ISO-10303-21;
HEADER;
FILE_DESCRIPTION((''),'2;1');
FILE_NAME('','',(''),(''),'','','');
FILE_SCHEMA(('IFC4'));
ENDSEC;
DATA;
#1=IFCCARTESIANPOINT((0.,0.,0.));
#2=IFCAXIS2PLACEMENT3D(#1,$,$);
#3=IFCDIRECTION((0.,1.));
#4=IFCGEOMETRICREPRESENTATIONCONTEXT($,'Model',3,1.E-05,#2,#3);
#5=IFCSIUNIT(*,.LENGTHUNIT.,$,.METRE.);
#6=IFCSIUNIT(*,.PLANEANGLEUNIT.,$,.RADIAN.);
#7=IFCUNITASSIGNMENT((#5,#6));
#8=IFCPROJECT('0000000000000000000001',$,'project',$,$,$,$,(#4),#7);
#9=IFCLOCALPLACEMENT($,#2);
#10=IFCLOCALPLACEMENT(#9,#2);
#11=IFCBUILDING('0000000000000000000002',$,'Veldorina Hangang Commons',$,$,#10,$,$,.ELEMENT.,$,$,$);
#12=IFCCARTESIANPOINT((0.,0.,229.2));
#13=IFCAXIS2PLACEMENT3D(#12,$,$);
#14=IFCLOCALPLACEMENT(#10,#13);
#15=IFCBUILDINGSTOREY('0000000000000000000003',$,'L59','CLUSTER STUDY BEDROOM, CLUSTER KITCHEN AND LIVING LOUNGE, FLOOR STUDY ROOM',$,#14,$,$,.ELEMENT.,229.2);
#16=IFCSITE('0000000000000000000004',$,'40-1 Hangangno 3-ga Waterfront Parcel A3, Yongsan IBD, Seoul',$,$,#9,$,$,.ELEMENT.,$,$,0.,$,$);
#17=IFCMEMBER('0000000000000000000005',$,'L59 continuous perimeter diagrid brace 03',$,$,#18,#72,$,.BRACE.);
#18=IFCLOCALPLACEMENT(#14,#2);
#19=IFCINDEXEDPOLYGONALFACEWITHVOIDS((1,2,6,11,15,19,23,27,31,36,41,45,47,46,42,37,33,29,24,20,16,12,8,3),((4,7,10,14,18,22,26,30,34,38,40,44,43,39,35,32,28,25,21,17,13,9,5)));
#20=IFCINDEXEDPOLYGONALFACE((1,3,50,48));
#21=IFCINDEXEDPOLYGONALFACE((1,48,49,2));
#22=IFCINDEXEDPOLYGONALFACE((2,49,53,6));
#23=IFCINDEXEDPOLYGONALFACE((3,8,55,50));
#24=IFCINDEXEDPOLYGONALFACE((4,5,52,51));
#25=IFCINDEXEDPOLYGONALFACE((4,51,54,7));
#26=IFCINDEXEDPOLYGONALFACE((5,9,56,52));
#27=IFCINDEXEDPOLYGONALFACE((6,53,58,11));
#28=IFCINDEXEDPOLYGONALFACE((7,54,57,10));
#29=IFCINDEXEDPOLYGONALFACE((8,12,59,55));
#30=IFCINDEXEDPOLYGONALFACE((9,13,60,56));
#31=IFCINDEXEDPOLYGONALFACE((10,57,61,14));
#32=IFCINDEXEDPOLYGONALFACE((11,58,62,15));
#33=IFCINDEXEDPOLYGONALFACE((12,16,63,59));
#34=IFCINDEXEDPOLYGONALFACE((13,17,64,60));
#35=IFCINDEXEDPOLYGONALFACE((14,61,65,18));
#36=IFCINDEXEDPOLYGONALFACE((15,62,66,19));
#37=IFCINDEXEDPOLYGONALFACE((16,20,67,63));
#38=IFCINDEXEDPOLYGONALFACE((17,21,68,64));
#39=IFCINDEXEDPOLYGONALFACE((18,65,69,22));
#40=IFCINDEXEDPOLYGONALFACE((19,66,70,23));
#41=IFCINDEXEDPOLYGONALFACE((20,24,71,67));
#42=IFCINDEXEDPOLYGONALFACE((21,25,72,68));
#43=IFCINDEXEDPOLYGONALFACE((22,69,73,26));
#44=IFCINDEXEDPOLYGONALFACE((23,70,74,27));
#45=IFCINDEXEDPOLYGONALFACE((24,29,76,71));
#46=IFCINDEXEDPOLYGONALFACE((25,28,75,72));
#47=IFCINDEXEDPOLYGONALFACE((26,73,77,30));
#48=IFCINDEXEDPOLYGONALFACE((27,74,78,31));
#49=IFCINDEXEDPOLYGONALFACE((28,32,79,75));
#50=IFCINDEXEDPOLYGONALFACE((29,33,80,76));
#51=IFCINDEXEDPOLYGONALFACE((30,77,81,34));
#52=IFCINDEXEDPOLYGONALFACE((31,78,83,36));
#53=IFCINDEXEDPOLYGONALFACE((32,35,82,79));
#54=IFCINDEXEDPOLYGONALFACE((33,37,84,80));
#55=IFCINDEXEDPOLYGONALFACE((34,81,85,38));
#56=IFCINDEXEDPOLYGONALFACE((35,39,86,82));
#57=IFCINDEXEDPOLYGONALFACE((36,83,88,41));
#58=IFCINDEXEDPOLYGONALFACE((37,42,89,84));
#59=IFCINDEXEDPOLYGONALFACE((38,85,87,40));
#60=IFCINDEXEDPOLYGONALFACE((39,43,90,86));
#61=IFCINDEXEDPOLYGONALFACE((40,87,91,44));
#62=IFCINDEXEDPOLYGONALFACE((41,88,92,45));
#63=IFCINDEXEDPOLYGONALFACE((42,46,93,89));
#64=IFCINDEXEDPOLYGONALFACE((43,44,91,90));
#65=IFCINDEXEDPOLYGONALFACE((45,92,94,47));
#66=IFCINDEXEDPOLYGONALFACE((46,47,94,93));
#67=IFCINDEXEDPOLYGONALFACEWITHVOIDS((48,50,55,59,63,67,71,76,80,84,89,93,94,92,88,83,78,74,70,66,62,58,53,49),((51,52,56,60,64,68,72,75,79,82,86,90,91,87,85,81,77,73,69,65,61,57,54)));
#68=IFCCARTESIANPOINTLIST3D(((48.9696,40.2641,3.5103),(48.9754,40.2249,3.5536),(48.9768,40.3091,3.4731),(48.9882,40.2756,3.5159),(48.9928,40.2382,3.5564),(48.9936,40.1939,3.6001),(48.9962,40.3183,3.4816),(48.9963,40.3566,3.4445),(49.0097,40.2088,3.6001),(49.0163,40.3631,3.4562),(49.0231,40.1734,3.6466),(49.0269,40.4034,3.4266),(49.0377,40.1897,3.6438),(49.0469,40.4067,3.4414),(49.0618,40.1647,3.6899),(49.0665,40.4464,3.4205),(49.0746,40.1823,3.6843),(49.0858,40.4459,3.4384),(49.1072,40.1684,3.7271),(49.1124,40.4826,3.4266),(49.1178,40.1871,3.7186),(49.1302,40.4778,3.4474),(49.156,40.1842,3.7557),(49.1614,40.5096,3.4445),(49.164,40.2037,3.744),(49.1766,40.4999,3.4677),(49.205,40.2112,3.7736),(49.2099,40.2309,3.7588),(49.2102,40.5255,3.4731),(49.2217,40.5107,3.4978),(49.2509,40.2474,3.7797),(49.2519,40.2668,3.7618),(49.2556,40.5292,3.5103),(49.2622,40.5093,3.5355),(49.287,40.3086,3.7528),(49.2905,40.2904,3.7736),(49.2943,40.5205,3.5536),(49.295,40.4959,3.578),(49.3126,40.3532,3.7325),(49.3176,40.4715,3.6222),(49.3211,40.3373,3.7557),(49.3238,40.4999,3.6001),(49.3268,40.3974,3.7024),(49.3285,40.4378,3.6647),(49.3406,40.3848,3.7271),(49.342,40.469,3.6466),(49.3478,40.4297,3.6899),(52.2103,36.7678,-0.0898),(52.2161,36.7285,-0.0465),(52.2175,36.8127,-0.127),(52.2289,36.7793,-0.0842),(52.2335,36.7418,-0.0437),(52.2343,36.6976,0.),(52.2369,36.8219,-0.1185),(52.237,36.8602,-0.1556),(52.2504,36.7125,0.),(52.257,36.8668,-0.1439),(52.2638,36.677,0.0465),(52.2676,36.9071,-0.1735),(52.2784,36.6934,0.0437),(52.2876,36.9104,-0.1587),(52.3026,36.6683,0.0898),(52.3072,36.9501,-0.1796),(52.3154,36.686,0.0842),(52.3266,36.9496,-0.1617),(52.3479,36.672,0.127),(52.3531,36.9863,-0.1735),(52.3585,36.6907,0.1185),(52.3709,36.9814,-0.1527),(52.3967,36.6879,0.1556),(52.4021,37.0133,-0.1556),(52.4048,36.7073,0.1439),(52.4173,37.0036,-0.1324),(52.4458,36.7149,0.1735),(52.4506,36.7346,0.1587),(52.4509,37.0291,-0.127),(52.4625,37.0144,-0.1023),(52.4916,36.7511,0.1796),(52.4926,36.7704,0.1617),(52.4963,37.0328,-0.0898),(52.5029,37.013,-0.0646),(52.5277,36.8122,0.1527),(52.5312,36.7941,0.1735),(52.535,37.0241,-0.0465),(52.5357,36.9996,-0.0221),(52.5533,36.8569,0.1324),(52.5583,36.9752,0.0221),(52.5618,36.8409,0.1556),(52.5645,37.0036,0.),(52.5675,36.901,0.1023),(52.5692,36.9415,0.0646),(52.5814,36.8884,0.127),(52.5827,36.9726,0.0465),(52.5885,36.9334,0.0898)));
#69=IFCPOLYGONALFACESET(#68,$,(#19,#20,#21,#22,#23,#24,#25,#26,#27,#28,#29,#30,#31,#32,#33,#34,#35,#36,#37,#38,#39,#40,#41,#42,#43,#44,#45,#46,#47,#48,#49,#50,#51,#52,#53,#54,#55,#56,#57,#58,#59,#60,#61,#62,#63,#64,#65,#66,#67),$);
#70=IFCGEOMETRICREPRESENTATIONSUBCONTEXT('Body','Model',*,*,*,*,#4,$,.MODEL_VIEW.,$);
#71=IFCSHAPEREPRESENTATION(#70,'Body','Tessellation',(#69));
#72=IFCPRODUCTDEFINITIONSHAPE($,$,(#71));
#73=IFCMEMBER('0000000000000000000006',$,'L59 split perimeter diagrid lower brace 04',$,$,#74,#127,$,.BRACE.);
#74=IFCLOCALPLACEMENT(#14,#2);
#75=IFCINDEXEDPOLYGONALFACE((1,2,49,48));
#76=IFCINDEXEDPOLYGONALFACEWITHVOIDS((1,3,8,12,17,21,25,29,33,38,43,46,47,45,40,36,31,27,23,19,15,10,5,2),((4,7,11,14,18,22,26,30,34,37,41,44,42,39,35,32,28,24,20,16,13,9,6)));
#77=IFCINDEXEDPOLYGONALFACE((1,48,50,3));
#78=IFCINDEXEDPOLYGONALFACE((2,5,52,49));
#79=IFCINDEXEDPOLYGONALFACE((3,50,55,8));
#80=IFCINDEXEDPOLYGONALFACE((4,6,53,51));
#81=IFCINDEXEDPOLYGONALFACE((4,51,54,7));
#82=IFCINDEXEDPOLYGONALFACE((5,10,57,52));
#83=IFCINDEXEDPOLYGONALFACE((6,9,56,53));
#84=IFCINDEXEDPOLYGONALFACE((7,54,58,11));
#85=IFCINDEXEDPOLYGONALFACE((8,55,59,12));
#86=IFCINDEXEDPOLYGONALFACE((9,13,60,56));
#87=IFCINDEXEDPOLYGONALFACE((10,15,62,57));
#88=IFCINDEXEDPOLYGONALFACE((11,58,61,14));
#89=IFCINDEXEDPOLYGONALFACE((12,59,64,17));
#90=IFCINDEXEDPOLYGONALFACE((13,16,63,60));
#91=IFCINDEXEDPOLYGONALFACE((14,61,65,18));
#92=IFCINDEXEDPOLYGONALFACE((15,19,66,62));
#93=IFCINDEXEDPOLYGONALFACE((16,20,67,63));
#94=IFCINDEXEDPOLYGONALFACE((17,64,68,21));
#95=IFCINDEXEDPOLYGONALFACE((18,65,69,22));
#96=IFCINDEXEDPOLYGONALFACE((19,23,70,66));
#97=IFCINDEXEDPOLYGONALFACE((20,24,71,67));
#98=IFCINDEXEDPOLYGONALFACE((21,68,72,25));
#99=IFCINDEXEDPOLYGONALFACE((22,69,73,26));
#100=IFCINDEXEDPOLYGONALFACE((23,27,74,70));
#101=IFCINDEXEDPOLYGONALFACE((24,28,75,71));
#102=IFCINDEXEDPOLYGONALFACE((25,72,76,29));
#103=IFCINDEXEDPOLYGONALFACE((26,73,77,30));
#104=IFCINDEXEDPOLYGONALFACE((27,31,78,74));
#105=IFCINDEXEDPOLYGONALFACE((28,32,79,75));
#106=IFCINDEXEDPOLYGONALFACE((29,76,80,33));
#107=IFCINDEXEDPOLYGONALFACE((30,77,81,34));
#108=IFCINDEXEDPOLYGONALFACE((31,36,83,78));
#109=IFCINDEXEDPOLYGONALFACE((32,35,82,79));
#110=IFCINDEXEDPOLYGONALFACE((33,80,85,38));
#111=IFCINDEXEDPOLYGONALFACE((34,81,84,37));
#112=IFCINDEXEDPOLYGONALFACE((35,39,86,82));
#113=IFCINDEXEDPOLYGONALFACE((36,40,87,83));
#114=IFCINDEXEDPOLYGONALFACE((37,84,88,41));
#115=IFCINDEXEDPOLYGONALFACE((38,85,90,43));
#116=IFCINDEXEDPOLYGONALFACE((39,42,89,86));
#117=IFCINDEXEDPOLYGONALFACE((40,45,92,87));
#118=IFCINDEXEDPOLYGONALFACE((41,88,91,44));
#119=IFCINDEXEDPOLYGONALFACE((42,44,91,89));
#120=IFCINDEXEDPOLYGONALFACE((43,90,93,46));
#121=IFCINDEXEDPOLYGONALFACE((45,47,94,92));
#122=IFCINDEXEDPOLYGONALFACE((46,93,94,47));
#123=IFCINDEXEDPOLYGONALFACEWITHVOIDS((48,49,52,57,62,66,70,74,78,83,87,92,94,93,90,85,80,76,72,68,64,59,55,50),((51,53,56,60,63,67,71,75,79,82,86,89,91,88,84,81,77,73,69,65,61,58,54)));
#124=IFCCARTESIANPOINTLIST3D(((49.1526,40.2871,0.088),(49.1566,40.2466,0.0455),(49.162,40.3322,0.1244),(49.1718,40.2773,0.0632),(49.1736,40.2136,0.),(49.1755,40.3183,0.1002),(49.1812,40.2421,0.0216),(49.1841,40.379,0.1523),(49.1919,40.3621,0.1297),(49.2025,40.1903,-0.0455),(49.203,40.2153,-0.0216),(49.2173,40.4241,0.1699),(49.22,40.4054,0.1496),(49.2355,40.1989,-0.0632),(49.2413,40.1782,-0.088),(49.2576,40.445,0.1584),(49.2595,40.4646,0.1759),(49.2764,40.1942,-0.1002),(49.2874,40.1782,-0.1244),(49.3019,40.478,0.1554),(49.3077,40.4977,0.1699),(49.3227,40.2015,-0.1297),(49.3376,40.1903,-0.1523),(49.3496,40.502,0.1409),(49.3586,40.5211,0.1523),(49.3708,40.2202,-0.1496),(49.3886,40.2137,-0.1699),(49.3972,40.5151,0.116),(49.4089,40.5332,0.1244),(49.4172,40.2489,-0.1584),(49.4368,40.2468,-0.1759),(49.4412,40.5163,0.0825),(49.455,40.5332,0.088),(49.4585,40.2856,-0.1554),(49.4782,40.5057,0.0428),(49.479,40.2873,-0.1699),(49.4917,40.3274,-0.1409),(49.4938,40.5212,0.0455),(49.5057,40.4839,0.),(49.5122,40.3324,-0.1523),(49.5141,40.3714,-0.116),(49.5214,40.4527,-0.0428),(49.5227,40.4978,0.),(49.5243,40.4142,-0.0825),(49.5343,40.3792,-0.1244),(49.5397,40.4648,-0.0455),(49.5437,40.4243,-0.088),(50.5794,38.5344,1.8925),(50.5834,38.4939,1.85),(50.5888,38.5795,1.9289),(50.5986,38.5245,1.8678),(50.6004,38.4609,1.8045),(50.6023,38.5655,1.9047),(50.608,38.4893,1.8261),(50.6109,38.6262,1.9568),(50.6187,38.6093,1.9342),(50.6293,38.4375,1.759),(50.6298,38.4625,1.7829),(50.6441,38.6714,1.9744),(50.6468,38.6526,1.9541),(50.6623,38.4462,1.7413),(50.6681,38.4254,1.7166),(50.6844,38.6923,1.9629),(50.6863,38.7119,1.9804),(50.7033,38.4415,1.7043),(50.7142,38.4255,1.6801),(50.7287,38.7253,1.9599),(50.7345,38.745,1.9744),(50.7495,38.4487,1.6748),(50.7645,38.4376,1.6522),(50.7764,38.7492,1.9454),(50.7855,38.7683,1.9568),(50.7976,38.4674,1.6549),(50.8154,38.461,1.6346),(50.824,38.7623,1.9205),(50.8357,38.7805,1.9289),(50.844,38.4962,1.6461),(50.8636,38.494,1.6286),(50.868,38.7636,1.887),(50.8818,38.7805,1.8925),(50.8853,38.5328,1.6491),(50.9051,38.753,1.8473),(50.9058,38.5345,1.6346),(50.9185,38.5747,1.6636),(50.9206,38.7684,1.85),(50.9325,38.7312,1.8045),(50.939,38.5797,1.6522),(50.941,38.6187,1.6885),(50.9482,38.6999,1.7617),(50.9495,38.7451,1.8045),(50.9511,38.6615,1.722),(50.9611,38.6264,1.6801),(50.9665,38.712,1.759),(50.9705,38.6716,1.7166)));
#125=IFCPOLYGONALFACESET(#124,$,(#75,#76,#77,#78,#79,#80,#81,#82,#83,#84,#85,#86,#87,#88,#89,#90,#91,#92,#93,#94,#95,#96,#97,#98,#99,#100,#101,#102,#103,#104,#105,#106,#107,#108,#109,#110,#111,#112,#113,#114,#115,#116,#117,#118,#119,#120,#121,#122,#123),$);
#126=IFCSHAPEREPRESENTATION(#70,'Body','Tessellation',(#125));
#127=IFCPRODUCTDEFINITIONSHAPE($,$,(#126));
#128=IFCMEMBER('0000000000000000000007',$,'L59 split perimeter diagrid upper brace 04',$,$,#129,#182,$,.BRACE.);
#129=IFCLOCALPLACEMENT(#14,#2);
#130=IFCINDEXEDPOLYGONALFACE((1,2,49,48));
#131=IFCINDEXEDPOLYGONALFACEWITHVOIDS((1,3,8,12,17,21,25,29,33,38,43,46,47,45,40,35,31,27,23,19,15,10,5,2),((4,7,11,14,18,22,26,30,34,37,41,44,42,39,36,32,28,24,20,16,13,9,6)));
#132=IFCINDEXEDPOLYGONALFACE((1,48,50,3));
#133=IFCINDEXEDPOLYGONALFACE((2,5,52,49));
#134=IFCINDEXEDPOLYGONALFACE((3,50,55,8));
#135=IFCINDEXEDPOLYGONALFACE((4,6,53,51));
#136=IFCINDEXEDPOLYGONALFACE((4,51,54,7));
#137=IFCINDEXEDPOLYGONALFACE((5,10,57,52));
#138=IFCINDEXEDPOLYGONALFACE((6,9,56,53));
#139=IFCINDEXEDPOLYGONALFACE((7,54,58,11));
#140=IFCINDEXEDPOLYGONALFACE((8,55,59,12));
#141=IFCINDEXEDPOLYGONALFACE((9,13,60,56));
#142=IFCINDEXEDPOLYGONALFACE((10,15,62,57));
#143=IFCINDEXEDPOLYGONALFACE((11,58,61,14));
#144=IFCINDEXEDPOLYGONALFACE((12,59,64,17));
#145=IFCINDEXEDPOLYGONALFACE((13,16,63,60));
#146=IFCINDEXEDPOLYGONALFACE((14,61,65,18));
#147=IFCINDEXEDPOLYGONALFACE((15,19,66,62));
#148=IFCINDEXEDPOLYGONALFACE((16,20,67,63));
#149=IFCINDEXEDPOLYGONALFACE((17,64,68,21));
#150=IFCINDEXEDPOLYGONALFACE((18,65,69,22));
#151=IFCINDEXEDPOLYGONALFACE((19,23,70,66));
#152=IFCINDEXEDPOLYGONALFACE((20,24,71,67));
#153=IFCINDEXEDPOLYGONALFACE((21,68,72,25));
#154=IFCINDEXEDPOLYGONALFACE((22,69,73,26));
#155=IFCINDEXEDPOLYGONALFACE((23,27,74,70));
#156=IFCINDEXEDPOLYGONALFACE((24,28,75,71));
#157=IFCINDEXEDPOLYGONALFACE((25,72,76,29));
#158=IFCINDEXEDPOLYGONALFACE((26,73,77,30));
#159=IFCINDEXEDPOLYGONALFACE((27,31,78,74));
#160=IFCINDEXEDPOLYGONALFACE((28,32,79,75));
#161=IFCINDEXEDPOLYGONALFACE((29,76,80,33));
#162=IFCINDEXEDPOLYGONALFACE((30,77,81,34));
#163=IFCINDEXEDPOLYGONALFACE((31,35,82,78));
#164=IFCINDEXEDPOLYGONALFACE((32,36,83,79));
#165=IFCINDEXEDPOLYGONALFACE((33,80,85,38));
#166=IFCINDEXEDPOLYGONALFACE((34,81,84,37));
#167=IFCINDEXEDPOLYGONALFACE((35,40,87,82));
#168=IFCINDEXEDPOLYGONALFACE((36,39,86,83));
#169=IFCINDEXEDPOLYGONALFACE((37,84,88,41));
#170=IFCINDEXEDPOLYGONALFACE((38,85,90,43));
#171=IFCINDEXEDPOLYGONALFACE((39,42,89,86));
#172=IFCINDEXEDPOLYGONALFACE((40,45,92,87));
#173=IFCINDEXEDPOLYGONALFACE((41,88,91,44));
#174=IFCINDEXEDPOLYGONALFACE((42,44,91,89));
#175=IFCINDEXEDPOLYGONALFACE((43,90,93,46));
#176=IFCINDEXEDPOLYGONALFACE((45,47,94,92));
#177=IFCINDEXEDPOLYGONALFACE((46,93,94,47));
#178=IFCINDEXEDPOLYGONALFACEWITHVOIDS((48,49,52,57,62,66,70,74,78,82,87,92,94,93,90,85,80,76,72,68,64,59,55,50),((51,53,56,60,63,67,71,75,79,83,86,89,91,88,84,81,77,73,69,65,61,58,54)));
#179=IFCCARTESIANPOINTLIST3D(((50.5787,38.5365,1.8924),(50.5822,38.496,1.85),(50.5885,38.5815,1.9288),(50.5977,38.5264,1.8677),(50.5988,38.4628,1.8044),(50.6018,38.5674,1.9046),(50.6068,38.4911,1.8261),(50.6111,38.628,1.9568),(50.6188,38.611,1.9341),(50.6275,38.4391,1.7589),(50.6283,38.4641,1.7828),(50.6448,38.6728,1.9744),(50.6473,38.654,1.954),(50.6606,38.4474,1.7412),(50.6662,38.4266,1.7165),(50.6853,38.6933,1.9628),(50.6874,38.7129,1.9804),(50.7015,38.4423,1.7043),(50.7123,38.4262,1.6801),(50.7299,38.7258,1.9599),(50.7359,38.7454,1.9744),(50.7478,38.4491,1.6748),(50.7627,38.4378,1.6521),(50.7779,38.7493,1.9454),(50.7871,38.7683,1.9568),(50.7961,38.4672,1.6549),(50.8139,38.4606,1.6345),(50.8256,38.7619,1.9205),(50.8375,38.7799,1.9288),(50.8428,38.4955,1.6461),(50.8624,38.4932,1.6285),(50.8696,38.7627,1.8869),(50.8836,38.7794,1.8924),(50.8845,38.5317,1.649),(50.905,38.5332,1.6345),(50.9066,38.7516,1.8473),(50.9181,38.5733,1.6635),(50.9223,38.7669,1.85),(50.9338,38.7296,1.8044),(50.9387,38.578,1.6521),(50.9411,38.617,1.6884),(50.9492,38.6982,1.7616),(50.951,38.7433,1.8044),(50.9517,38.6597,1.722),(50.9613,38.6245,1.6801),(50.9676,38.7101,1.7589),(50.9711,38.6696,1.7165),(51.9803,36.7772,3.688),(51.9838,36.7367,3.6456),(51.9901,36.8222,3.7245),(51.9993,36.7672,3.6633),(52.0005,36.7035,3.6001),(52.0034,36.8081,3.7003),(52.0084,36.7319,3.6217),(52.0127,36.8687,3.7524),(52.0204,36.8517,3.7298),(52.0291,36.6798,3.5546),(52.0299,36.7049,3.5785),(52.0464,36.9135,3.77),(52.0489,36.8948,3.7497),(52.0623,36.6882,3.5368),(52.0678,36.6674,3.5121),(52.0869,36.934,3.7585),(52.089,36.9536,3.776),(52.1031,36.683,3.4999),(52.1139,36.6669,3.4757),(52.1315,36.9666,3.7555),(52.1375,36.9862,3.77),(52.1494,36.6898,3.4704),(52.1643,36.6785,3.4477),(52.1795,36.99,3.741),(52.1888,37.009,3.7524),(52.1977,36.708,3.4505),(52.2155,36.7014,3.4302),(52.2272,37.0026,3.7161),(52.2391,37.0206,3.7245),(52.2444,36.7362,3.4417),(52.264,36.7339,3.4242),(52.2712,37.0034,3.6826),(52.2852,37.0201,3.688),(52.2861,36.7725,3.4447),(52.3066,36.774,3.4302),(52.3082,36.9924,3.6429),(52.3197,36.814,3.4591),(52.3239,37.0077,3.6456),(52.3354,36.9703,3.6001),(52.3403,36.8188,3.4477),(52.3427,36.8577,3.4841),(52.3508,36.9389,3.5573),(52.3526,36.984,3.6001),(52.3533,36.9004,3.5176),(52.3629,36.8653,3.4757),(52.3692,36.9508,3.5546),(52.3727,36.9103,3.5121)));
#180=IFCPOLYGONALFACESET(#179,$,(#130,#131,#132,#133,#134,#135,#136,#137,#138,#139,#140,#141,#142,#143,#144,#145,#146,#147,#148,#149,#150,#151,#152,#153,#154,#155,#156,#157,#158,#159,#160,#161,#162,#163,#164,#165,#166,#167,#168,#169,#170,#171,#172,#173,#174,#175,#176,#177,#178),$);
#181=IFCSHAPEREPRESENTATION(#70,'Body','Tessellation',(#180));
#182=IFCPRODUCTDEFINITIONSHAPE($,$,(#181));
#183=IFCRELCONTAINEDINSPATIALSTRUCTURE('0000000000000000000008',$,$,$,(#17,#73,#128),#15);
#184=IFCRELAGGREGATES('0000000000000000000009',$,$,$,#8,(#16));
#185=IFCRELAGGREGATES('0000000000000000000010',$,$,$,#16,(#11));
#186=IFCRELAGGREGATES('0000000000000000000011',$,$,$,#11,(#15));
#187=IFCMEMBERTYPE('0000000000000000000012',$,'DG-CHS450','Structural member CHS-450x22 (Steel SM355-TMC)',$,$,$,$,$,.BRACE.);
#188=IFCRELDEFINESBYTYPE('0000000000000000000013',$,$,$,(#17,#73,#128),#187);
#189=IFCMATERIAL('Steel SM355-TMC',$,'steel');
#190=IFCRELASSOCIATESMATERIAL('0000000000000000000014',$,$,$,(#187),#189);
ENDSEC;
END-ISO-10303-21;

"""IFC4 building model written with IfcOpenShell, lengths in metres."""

from ifc_helpers import new_model, si_unit, direction, frame, origin, origin_2d, place, context, subcontext, project, spatial, hollow_circle, extrude, material, material_profile, profile_set, type_object, element, save


model = new_model("IFC4")

# Units and contexts
model_context = context("Model", 3, precision=1e-05, world=origin(), true_north=direction((0.0, 1.0)))
body_context = subcontext(model_context, "Body", "Model", "MODEL_VIEW")
ifc_project = project(units=[si_unit("LENGTHUNIT", "METRE"), si_unit("PLANEANGLEUNIT", "RADIAN")], contexts=[model_context])

# Site, building, storey
site_placement = place(None, origin())
site = spatial("IfcSite", under=ifc_project, at=site_placement, Name="40-1 Hangangno 3-ga Waterfront Parcel A3, Yongsan IBD, Seoul", CompositionType="ELEMENT", RefElevation=0.0)
building_placement = place(site_placement, origin())
building = spatial("IfcBuilding", under=site, at=building_placement, Name="Veldorina Hangang Commons", CompositionType="ELEMENT")
storey_placement = place(building_placement, frame((0.0, 0.0, 229.2)))
storey = spatial("IfcBuildingStorey", under=building, at=storey_placement, Name="L59", Description="CLUSTER STUDY BEDROOM, CLUSTER KITCHEN AND LIVING LOUNGE, FLOOR STUDY ROOM", CompositionType="ELEMENT", Elevation=229.2)

# Shared definitions
ifc_material_1 = material(Name="Steel SM355-TMC", Category="steel")

# Members
ifc_material_profile_1 = material_profile(ifc_material_1, hollow_circle(Radius=0.2251, WallThickness=0.022, at=origin_2d()), Name="CHS-450x22")
ifc_profile_set_1 = profile_set([ifc_material_profile_1], Name="Steel SM355-TMC")
member_type_1 = type_object("IfcMemberType", Name="DG-CHS450", Description="Structural member CHS-450x22 (Steel SM355-TMC)", PredefinedType="BRACE", material=ifc_profile_set_1)
member_1_placement = place(storey_placement, frame((52.3994, 36.8506, 0.0), z_axis=(-0.542481, 0.58527, 0.602639), x_axis=(-0.733408, -0.679789, 0.0)))
element("IfcMember", 1, at=member_1_placement, inside=storey, type_object=member_type_1, Name="L59 continuous perimeter diagrid brace 03", PredefinedType="BRACE", context=body_context, shape_type="SweptSolid", body=[
    extrude(hollow_circle(Radius=0.2251, WallThickness=0.022, at=origin_2d()), origin(), (0.0, 0.0, 1.0), 5.9739),
])
member_2_placement = place(storey_placement, frame((49.3481, 40.3557, 0.0), z_axis=(0.493349, -0.60605, 0.623947), x_axis=(0.775529, 0.631312, 0.0)))
element("IfcMember", 2, at=member_2_placement, inside=storey, type_object=member_type_1, Name="L59 split perimeter diagrid lower brace 04", PredefinedType="BRACE", context=body_context, shape_type="SweptSolid", body=[
    extrude(hollow_circle(Radius=0.2251, WallThickness=0.022, at=origin_2d()), origin(), (0.0, 0.0, 1.0), 2.8921),
])
member_3_placement = place(storey_placement, frame((50.7749, 38.603, 1.8044), z_axis=(0.486978, -0.611246, 0.623884), x_axis=(0.782127, 0.623119, 0.0)))
element("IfcMember", 3, at=member_3_placement, inside=storey, type_object=member_type_1, Name="L59 split perimeter diagrid upper brace 04", PredefinedType="BRACE", context=body_context, shape_type="SweptSolid", body=[
    extrude(hollow_circle(Radius=0.2251, WallThickness=0.022, at=origin_2d()), origin(), (0.0, 0.0, 1.0), 2.8782),
])

save(model, "model.ifc")
